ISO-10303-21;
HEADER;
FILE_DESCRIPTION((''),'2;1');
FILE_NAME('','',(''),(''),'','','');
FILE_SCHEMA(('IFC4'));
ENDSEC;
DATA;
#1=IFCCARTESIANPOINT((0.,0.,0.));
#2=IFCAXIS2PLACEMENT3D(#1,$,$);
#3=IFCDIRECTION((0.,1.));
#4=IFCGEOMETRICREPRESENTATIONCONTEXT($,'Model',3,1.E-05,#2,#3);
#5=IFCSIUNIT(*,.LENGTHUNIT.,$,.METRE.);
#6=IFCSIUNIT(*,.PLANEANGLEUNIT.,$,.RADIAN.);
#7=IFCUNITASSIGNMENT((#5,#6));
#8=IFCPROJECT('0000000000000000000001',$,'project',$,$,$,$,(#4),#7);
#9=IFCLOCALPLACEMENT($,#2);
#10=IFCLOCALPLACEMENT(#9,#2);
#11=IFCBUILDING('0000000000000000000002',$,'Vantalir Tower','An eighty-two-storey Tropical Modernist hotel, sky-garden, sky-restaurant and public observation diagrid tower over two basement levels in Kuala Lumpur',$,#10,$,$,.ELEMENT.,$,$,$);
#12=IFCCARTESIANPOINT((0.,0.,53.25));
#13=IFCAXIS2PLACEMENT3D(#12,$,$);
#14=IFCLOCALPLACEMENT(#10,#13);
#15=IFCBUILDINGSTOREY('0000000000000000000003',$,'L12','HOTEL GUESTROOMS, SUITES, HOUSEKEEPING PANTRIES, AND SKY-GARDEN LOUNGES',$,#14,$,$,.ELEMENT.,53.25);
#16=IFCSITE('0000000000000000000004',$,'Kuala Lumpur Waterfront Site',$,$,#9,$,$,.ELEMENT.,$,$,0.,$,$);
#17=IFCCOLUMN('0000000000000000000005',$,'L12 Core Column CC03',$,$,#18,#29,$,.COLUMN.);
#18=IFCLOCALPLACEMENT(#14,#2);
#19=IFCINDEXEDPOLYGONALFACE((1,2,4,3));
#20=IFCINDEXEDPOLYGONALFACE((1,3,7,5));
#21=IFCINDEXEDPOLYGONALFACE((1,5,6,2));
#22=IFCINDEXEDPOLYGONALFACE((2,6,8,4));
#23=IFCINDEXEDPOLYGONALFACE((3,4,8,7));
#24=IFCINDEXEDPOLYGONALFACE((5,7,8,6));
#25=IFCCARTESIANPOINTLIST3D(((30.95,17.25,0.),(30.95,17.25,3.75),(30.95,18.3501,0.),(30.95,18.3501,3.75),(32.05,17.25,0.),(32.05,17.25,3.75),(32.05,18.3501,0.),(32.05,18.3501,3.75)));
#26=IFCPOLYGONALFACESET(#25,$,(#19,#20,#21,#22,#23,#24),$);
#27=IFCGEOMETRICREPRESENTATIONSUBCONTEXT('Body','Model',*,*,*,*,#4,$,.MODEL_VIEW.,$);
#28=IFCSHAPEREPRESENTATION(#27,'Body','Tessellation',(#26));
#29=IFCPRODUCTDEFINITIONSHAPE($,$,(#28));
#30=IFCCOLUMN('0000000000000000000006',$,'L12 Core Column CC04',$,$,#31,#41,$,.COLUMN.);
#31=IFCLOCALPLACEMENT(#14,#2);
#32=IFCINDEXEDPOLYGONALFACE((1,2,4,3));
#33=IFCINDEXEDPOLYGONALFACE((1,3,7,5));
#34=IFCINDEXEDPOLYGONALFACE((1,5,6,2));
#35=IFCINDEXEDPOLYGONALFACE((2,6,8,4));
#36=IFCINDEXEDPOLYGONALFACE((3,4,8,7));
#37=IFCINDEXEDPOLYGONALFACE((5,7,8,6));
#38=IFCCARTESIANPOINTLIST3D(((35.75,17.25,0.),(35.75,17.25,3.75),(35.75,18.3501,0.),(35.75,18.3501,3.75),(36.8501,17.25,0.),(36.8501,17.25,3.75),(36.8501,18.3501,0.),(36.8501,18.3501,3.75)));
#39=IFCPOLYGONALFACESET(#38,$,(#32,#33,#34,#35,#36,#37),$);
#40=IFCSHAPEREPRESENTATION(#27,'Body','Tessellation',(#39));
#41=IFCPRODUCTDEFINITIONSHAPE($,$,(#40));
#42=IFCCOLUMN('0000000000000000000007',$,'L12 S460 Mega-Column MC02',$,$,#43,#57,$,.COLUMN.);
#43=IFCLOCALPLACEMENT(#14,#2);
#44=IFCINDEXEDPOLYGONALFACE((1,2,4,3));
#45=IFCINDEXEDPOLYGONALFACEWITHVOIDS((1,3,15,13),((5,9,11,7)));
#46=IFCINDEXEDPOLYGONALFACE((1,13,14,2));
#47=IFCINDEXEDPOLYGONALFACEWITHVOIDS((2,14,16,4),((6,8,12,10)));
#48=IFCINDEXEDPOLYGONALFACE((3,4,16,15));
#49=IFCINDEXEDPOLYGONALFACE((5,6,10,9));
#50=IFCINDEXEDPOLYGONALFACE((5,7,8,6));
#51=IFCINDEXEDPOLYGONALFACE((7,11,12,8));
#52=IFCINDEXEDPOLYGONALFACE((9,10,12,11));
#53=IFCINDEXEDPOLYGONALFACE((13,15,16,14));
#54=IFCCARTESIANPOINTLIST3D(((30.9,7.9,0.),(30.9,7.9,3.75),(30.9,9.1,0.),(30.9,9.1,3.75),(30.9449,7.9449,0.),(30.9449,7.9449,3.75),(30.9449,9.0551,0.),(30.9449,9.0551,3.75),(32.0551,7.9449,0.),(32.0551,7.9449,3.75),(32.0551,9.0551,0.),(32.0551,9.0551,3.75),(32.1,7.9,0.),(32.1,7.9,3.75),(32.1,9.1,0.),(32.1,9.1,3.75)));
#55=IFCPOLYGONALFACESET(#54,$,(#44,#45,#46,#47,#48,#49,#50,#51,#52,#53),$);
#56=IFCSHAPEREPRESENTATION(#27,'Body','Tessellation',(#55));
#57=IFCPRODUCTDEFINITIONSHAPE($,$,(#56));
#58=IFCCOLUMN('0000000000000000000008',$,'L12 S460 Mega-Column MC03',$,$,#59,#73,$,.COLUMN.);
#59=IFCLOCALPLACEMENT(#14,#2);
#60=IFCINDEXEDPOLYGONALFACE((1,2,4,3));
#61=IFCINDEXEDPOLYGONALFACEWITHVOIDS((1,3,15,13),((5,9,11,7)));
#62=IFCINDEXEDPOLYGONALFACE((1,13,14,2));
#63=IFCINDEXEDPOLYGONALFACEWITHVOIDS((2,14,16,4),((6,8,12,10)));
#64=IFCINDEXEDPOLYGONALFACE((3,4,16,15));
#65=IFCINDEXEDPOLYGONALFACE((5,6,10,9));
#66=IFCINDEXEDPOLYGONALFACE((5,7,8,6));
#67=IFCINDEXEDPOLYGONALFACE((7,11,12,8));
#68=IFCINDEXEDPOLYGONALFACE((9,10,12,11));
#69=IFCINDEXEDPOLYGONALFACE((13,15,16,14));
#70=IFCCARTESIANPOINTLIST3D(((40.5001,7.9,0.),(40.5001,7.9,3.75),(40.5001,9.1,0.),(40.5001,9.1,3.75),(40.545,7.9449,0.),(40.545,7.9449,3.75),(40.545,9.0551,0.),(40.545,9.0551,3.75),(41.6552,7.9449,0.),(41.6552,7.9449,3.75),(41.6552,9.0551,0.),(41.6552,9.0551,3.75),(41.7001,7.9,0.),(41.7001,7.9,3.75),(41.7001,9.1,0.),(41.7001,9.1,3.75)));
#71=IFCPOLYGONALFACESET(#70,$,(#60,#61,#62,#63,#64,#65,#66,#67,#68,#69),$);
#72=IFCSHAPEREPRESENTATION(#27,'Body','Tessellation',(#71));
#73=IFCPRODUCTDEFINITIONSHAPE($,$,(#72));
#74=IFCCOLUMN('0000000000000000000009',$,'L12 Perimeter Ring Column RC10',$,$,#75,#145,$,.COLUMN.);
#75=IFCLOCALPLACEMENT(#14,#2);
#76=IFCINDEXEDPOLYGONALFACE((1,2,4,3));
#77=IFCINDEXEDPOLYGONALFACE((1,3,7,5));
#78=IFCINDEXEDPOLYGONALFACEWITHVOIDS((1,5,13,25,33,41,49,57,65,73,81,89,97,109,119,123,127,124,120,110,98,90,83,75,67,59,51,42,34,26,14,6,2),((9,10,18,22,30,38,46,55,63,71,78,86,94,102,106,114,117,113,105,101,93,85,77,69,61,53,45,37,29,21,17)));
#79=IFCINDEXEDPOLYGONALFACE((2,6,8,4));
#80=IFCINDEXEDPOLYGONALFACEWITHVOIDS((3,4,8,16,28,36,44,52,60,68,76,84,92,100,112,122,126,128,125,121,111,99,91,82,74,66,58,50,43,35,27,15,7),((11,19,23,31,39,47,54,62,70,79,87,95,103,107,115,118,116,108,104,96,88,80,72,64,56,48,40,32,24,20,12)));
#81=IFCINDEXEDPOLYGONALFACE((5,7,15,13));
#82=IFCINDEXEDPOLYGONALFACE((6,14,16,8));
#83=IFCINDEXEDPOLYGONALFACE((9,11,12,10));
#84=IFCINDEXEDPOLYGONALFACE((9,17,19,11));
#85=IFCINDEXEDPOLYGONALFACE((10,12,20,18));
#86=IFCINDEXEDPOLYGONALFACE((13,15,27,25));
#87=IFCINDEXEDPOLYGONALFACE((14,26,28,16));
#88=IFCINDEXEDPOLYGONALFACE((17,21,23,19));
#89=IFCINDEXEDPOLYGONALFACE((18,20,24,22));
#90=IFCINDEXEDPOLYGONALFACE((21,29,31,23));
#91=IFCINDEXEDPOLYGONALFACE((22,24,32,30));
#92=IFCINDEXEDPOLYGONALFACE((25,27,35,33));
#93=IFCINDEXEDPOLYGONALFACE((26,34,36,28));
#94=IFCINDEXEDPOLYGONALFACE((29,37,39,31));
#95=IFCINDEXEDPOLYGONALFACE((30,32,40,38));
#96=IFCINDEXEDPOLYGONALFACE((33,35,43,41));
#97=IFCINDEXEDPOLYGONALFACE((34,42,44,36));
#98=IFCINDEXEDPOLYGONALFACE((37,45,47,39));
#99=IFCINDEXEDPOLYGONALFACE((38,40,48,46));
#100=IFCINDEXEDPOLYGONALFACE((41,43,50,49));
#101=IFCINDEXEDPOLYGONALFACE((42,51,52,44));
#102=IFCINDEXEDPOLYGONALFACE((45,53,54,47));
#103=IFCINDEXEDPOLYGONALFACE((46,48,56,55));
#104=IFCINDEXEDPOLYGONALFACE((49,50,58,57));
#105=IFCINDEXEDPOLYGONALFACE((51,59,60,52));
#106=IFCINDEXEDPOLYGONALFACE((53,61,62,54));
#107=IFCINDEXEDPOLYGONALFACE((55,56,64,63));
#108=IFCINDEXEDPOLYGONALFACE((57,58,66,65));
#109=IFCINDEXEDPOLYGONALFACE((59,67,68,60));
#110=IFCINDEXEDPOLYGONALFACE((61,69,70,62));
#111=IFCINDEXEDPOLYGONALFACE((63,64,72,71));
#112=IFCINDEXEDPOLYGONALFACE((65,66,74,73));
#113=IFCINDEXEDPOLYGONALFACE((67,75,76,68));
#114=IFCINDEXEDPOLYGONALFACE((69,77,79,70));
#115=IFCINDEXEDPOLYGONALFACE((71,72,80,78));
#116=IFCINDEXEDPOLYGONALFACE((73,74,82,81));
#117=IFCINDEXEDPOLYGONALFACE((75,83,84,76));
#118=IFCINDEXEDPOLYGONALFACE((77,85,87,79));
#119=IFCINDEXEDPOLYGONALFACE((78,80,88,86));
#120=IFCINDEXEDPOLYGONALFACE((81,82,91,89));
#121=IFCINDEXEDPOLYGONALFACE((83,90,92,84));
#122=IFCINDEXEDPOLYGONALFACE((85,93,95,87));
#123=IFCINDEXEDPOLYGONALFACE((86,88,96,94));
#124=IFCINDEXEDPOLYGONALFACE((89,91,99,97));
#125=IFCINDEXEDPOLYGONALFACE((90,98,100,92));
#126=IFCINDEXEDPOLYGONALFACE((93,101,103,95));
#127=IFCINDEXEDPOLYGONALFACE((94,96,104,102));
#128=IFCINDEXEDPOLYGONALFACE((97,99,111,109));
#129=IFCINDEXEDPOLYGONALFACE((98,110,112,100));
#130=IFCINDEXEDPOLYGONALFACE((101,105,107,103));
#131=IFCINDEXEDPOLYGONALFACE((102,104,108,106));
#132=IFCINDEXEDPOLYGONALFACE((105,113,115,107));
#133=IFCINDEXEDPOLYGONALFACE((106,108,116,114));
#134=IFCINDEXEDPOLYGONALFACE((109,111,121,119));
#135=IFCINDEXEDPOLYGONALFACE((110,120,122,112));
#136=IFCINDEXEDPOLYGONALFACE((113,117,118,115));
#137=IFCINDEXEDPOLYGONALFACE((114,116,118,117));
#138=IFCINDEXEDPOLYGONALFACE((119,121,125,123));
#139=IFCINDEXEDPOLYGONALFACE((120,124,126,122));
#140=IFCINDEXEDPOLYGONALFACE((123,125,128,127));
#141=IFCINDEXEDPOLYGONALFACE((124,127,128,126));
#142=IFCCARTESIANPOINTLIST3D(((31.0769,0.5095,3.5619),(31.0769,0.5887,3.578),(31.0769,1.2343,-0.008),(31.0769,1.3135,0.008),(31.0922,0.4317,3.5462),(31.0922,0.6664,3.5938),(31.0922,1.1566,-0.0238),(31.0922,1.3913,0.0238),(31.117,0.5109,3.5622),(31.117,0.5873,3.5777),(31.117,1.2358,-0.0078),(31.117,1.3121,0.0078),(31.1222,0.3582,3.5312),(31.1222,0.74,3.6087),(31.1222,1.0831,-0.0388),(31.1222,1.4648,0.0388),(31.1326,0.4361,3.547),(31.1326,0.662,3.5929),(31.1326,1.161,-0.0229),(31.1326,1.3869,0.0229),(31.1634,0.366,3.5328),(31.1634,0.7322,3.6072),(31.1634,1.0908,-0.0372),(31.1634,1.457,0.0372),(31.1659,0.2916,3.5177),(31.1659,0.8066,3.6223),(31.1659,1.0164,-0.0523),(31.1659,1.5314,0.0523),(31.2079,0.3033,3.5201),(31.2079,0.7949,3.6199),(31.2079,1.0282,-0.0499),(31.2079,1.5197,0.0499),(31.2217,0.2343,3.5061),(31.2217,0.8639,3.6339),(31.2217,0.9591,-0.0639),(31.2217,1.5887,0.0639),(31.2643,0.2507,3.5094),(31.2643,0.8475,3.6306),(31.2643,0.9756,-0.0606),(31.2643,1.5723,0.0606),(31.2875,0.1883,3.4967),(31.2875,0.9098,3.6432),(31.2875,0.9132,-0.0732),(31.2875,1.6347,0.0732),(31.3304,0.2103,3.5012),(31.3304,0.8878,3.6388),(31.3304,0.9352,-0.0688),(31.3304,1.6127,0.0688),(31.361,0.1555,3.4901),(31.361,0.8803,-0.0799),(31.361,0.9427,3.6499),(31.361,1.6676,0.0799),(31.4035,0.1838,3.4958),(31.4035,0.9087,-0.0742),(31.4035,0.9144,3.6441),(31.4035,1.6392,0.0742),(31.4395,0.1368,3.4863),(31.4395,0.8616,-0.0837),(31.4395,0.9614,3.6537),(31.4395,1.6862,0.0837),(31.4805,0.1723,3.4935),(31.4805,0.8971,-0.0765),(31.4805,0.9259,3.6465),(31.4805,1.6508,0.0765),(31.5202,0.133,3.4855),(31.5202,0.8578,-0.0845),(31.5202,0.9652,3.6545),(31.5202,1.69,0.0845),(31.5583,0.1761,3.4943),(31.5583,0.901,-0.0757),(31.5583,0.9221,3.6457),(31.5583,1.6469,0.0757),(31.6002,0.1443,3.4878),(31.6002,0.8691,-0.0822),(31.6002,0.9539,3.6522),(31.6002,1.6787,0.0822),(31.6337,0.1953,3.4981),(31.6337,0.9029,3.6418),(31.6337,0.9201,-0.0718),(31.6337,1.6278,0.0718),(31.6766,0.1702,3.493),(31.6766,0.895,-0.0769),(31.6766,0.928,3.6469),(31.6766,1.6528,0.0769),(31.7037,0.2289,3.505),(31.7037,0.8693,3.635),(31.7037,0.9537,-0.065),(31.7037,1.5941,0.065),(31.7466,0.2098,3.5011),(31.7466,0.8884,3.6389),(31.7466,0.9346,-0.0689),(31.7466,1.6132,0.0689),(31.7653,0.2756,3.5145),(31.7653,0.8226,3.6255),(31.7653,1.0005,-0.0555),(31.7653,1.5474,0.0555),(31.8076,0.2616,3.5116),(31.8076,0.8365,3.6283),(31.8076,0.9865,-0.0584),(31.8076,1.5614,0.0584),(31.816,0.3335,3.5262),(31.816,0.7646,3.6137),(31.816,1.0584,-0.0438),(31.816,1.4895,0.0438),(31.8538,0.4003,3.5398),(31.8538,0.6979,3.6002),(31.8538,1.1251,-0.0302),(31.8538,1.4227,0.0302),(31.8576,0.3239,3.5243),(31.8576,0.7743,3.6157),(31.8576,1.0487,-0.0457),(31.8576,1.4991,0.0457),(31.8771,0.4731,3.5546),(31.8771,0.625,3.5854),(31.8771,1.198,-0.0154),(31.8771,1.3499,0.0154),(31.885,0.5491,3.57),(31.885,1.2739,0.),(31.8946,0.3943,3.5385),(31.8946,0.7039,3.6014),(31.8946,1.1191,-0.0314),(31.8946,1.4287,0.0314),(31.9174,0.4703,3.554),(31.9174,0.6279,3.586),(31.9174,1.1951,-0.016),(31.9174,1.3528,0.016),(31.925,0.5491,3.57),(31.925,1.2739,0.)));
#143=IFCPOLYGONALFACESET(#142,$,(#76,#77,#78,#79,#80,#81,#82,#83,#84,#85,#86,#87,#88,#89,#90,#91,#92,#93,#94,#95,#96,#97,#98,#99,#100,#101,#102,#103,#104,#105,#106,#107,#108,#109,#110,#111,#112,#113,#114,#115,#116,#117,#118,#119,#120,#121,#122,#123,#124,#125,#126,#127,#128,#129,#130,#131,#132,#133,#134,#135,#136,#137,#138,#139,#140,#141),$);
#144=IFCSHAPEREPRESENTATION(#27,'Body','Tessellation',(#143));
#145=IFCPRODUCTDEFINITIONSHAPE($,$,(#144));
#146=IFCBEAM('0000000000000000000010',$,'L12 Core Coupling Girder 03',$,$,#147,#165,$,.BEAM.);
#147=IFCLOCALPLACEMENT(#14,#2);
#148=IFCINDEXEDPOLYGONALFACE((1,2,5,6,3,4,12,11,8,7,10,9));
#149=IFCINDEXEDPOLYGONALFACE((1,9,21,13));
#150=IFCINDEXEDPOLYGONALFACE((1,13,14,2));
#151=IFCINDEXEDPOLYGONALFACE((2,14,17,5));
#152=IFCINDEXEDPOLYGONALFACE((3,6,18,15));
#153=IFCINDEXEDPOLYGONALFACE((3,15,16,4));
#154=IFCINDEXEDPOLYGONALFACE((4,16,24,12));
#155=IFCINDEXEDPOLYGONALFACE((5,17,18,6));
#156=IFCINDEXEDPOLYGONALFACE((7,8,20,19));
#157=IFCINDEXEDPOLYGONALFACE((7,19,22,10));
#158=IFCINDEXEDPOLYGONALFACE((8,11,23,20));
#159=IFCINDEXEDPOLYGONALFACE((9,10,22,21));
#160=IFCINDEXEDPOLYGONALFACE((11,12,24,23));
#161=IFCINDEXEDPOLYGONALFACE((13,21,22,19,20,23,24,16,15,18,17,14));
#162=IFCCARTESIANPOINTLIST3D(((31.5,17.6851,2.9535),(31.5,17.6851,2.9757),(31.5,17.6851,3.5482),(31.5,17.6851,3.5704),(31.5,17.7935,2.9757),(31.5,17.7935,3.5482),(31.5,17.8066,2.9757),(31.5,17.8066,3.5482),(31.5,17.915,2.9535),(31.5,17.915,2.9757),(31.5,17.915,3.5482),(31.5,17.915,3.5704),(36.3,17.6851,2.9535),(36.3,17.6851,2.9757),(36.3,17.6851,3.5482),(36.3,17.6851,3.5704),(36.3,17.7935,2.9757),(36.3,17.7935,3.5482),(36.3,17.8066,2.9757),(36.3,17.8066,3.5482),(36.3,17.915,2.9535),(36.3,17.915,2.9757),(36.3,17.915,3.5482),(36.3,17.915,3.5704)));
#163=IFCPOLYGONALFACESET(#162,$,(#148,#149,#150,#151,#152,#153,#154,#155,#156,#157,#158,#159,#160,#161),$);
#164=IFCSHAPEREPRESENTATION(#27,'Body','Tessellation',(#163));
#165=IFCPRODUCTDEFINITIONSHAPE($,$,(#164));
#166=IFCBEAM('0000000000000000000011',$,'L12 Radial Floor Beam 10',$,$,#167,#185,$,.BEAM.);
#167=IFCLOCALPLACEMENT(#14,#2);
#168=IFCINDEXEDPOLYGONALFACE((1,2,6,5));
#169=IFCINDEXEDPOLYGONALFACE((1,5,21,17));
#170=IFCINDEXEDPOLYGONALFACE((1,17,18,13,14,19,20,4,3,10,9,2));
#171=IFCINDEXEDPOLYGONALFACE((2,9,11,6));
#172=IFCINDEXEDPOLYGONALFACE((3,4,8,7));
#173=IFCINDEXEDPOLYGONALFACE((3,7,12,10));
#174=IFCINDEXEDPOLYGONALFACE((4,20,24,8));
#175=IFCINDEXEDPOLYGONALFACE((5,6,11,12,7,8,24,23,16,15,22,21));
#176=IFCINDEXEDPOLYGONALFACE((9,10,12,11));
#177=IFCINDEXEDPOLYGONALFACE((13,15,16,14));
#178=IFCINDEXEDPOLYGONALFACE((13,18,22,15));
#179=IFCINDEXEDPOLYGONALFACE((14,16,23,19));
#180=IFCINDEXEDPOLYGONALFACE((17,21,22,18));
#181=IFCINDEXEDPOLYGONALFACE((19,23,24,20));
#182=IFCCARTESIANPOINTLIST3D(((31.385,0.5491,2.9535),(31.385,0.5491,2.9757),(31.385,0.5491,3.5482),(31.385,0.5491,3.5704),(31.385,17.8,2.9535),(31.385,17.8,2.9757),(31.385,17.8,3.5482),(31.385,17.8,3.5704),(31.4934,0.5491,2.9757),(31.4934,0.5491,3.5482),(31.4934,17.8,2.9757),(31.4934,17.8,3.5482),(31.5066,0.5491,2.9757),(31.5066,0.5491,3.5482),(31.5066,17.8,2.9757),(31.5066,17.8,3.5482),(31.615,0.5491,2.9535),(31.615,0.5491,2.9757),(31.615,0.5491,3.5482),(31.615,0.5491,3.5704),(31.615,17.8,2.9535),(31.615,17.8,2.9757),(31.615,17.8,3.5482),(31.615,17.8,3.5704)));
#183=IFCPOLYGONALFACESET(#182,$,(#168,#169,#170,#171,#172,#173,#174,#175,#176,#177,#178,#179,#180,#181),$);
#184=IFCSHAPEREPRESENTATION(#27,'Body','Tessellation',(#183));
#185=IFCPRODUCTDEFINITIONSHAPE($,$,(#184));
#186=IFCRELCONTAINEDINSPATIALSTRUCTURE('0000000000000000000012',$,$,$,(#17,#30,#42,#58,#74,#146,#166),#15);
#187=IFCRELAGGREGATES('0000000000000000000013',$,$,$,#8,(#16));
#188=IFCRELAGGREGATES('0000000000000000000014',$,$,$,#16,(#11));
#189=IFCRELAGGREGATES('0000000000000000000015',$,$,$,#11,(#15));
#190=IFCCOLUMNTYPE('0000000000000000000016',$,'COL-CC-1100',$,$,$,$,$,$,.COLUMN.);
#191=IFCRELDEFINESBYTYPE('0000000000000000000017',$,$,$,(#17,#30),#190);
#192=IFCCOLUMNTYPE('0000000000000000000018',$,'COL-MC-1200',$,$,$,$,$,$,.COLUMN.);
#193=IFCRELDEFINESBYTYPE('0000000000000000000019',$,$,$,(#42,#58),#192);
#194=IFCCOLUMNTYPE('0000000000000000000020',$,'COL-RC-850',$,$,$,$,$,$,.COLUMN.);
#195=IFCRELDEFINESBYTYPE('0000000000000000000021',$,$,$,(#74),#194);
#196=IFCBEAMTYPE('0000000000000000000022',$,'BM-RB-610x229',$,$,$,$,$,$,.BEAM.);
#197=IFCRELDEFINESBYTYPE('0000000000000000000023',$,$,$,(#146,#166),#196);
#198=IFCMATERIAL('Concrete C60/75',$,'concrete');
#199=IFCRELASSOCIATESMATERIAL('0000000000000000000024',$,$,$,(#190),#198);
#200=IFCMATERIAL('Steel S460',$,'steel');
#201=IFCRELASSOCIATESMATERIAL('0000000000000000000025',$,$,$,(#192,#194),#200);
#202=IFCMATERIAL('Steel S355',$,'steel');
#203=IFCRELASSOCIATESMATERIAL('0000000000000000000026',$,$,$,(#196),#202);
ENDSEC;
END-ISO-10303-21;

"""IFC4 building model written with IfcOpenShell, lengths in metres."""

from ifc_helpers import new_model, si_unit, direction, frame, origin, origin_2d, place, context, subcontext, project, spatial, rectangle, hollow_rectangle, hollow_circle, i_section, extrude, material, material_profile, profile_set, type_object, element, save


model = new_model("IFC4")

# Units and contexts
model_context = context("Model", 3, precision=1e-05, world=origin(), true_north=direction((0.0, 1.0)))
body_context = subcontext(model_context, "Body", "Model", "MODEL_VIEW")
ifc_project = project(units=[si_unit("LENGTHUNIT", "METRE"), si_unit("PLANEANGLEUNIT", "RADIAN")], contexts=[model_context])

# Site, building, storey
site_placement = place(None, origin())
site = spatial("IfcSite", under=ifc_project, at=site_placement, Name="Kuala Lumpur Waterfront Site", CompositionType="ELEMENT", RefElevation=0.0)
building_placement = place(site_placement, origin())
building = spatial("IfcBuilding", under=site, at=building_placement, Name="Vantalir Tower", Description="An eighty-two-storey Tropical Modernist hotel, sky-garden, sky-restaurant and public observation diagrid tower over two basement levels in Kuala Lumpur", CompositionType="ELEMENT")
storey_placement = place(building_placement, frame((0.0, 0.0, 53.25)))
storey = spatial("IfcBuildingStorey", under=building, at=storey_placement, Name="L12", Description="HOTEL GUESTROOMS, SUITES, HOUSEKEEPING PANTRIES, AND SKY-GARDEN LOUNGES", CompositionType="ELEMENT", Elevation=53.25)

# Columns
ifc_material_1 = material(Name="Concrete C60/75", Category="concrete")
ifc_material_profile_1 = material_profile(ifc_material_1, rectangle(XDim=1.1001, YDim=1.1001, at=origin_2d()), Name="Concrete C60/75")
ifc_profile_set_1 = profile_set([ifc_material_profile_1], Name="Concrete C60/75")
column_type_1 = type_object("IfcColumnType", Name="COL-CC-1100", PredefinedType="COLUMN", material=ifc_profile_set_1)
for number, where, z_axis, x_axis, name in (
    (1, (31.5, 17.8, 0.0), (0.0, 0.0, 1.0), (1.0, 0.0, 0.0), "L12 Core Column CC03"),
    (2, (36.3, 17.8, 0.0), (0.0, 0.0, 1.0), (1.0, 0.0, 0.0), "L12 Core Column CC04"),
):
    element("IfcColumn", number, at=place(storey_placement, frame(where, z_axis=z_axis, x_axis=x_axis)), inside=storey, type_object=column_type_1, Name=name, PredefinedType="COLUMN", context=body_context, shape_type="SweptSolid", body=[
        extrude(rectangle(XDim=1.1001, YDim=1.1001, at=origin_2d()), origin(), (0.0, 0.0, 1.0), 3.75),
    ])
ifc_material_2 = material(Name="Steel S460", Category="steel")
ifc_material_profile_2 = material_profile(ifc_material_2, hollow_rectangle(XDim=1.2, YDim=1.2, WallThickness=0.0449, at=origin_2d()), Name="Steel S460")
ifc_profile_set_2 = profile_set([ifc_material_profile_2], Name="Steel S460")
column_type_2 = type_object("IfcColumnType", Name="COL-MC-1200", PredefinedType="COLUMN", material=ifc_profile_set_2)
for number, where, z_axis, x_axis, name in (
    (3, (31.5, 8.5, 0.0), (0.0, 0.0, 1.0), (1.0, 0.0, 0.0), "L12 S460 Mega-Column MC02"),
    (4, (41.1001, 8.5, 0.0), (0.0, 0.0, 1.0), (1.0, 0.0, 0.0), "L12 S460 Mega-Column MC03"),
):
    element("IfcColumn", number, at=place(storey_placement, frame(where, z_axis=z_axis, x_axis=x_axis)), inside=storey, type_object=column_type_2, Name=name, PredefinedType="COLUMN", context=body_context, shape_type="SweptSolid", body=[
        extrude(hollow_rectangle(XDim=1.2, YDim=1.2, WallThickness=0.0449, at=origin_2d()), origin(), (0.0, 0.0, 1.0), 3.75),
    ])
ifc_material_profile_3 = material_profile(ifc_material_2, hollow_circle(Radius=0.425, WallThickness=0.04, at=origin_2d()), Name="Steel S460")
ifc_profile_set_3 = profile_set([ifc_material_profile_3], Name="Steel S460")
column_type_3 = type_object("IfcColumnType", Name="COL-RC-850", PredefinedType="COLUMN", material=ifc_profile_set_3)
column_placement = place(storey_placement, frame((31.5, 1.2739, 0.0), z_axis=(0.0, -0.198976, 0.980004), x_axis=(1.0, 0.0, 0.0)))
element("IfcColumn", 5, at=column_placement, inside=storey, type_object=column_type_3, Name="L12 Perimeter Ring Column RC10", PredefinedType="COLUMN", context=body_context, shape_type="SweptSolid", body=[
    extrude(hollow_circle(Radius=0.425, WallThickness=0.04, at=origin_2d()), origin(), (0.0, 0.0, 1.0), 3.6428),
])

# Beams
ifc_material_3 = material(Name="Steel S355", Category="steel")
ifc_material_profile_4 = material_profile(ifc_material_3, i_section(OverallWidth=0.23, OverallDepth=0.6169, WebThickness=0.0132, FlangeThickness=0.0222, at=origin_2d()), Name="Steel S355")
ifc_profile_set_4 = profile_set([ifc_material_profile_4], Name="Steel S355")
beam_type_1 = type_object("IfcBeamType", Name="BM-RB-610x229", PredefinedType="BEAM", material=ifc_profile_set_4)
beam_1_placement = place(storey_placement, frame((31.5, 17.8, 3.262), z_axis=(1.0, 0.0, 0.0), x_axis=(0.0, 1.0, 0.0)))
element("IfcBeam", 6, at=beam_1_placement, inside=storey, type_object=beam_type_1, Name="L12 Core Coupling Girder 03", PredefinedType="BEAM", context=body_context, shape_type="SweptSolid", body=[
    extrude(i_section(OverallWidth=0.23, OverallDepth=0.6169, WebThickness=0.0132, FlangeThickness=0.0222, at=origin_2d()), origin(), (0.0, 0.0, 1.0), 4.8),
])
beam_2_placement = place(storey_placement, frame((31.5, 0.5491, 3.262), z_axis=(0.0, 1.0, 0.0), x_axis=(-1.0, 0.0, 0.0)))
element("IfcBeam", 7, at=beam_2_placement, inside=storey, type_object=beam_type_1, Name="L12 Radial Floor Beam 10", PredefinedType="BEAM", context=body_context, shape_type="SweptSolid", body=[
    extrude(i_section(OverallWidth=0.23, OverallDepth=0.6169, WebThickness=0.0132, FlangeThickness=0.0222, at=origin_2d()), origin(), (0.0, 0.0, 1.0), 17.251),
])

save(model, "model.ifc")
